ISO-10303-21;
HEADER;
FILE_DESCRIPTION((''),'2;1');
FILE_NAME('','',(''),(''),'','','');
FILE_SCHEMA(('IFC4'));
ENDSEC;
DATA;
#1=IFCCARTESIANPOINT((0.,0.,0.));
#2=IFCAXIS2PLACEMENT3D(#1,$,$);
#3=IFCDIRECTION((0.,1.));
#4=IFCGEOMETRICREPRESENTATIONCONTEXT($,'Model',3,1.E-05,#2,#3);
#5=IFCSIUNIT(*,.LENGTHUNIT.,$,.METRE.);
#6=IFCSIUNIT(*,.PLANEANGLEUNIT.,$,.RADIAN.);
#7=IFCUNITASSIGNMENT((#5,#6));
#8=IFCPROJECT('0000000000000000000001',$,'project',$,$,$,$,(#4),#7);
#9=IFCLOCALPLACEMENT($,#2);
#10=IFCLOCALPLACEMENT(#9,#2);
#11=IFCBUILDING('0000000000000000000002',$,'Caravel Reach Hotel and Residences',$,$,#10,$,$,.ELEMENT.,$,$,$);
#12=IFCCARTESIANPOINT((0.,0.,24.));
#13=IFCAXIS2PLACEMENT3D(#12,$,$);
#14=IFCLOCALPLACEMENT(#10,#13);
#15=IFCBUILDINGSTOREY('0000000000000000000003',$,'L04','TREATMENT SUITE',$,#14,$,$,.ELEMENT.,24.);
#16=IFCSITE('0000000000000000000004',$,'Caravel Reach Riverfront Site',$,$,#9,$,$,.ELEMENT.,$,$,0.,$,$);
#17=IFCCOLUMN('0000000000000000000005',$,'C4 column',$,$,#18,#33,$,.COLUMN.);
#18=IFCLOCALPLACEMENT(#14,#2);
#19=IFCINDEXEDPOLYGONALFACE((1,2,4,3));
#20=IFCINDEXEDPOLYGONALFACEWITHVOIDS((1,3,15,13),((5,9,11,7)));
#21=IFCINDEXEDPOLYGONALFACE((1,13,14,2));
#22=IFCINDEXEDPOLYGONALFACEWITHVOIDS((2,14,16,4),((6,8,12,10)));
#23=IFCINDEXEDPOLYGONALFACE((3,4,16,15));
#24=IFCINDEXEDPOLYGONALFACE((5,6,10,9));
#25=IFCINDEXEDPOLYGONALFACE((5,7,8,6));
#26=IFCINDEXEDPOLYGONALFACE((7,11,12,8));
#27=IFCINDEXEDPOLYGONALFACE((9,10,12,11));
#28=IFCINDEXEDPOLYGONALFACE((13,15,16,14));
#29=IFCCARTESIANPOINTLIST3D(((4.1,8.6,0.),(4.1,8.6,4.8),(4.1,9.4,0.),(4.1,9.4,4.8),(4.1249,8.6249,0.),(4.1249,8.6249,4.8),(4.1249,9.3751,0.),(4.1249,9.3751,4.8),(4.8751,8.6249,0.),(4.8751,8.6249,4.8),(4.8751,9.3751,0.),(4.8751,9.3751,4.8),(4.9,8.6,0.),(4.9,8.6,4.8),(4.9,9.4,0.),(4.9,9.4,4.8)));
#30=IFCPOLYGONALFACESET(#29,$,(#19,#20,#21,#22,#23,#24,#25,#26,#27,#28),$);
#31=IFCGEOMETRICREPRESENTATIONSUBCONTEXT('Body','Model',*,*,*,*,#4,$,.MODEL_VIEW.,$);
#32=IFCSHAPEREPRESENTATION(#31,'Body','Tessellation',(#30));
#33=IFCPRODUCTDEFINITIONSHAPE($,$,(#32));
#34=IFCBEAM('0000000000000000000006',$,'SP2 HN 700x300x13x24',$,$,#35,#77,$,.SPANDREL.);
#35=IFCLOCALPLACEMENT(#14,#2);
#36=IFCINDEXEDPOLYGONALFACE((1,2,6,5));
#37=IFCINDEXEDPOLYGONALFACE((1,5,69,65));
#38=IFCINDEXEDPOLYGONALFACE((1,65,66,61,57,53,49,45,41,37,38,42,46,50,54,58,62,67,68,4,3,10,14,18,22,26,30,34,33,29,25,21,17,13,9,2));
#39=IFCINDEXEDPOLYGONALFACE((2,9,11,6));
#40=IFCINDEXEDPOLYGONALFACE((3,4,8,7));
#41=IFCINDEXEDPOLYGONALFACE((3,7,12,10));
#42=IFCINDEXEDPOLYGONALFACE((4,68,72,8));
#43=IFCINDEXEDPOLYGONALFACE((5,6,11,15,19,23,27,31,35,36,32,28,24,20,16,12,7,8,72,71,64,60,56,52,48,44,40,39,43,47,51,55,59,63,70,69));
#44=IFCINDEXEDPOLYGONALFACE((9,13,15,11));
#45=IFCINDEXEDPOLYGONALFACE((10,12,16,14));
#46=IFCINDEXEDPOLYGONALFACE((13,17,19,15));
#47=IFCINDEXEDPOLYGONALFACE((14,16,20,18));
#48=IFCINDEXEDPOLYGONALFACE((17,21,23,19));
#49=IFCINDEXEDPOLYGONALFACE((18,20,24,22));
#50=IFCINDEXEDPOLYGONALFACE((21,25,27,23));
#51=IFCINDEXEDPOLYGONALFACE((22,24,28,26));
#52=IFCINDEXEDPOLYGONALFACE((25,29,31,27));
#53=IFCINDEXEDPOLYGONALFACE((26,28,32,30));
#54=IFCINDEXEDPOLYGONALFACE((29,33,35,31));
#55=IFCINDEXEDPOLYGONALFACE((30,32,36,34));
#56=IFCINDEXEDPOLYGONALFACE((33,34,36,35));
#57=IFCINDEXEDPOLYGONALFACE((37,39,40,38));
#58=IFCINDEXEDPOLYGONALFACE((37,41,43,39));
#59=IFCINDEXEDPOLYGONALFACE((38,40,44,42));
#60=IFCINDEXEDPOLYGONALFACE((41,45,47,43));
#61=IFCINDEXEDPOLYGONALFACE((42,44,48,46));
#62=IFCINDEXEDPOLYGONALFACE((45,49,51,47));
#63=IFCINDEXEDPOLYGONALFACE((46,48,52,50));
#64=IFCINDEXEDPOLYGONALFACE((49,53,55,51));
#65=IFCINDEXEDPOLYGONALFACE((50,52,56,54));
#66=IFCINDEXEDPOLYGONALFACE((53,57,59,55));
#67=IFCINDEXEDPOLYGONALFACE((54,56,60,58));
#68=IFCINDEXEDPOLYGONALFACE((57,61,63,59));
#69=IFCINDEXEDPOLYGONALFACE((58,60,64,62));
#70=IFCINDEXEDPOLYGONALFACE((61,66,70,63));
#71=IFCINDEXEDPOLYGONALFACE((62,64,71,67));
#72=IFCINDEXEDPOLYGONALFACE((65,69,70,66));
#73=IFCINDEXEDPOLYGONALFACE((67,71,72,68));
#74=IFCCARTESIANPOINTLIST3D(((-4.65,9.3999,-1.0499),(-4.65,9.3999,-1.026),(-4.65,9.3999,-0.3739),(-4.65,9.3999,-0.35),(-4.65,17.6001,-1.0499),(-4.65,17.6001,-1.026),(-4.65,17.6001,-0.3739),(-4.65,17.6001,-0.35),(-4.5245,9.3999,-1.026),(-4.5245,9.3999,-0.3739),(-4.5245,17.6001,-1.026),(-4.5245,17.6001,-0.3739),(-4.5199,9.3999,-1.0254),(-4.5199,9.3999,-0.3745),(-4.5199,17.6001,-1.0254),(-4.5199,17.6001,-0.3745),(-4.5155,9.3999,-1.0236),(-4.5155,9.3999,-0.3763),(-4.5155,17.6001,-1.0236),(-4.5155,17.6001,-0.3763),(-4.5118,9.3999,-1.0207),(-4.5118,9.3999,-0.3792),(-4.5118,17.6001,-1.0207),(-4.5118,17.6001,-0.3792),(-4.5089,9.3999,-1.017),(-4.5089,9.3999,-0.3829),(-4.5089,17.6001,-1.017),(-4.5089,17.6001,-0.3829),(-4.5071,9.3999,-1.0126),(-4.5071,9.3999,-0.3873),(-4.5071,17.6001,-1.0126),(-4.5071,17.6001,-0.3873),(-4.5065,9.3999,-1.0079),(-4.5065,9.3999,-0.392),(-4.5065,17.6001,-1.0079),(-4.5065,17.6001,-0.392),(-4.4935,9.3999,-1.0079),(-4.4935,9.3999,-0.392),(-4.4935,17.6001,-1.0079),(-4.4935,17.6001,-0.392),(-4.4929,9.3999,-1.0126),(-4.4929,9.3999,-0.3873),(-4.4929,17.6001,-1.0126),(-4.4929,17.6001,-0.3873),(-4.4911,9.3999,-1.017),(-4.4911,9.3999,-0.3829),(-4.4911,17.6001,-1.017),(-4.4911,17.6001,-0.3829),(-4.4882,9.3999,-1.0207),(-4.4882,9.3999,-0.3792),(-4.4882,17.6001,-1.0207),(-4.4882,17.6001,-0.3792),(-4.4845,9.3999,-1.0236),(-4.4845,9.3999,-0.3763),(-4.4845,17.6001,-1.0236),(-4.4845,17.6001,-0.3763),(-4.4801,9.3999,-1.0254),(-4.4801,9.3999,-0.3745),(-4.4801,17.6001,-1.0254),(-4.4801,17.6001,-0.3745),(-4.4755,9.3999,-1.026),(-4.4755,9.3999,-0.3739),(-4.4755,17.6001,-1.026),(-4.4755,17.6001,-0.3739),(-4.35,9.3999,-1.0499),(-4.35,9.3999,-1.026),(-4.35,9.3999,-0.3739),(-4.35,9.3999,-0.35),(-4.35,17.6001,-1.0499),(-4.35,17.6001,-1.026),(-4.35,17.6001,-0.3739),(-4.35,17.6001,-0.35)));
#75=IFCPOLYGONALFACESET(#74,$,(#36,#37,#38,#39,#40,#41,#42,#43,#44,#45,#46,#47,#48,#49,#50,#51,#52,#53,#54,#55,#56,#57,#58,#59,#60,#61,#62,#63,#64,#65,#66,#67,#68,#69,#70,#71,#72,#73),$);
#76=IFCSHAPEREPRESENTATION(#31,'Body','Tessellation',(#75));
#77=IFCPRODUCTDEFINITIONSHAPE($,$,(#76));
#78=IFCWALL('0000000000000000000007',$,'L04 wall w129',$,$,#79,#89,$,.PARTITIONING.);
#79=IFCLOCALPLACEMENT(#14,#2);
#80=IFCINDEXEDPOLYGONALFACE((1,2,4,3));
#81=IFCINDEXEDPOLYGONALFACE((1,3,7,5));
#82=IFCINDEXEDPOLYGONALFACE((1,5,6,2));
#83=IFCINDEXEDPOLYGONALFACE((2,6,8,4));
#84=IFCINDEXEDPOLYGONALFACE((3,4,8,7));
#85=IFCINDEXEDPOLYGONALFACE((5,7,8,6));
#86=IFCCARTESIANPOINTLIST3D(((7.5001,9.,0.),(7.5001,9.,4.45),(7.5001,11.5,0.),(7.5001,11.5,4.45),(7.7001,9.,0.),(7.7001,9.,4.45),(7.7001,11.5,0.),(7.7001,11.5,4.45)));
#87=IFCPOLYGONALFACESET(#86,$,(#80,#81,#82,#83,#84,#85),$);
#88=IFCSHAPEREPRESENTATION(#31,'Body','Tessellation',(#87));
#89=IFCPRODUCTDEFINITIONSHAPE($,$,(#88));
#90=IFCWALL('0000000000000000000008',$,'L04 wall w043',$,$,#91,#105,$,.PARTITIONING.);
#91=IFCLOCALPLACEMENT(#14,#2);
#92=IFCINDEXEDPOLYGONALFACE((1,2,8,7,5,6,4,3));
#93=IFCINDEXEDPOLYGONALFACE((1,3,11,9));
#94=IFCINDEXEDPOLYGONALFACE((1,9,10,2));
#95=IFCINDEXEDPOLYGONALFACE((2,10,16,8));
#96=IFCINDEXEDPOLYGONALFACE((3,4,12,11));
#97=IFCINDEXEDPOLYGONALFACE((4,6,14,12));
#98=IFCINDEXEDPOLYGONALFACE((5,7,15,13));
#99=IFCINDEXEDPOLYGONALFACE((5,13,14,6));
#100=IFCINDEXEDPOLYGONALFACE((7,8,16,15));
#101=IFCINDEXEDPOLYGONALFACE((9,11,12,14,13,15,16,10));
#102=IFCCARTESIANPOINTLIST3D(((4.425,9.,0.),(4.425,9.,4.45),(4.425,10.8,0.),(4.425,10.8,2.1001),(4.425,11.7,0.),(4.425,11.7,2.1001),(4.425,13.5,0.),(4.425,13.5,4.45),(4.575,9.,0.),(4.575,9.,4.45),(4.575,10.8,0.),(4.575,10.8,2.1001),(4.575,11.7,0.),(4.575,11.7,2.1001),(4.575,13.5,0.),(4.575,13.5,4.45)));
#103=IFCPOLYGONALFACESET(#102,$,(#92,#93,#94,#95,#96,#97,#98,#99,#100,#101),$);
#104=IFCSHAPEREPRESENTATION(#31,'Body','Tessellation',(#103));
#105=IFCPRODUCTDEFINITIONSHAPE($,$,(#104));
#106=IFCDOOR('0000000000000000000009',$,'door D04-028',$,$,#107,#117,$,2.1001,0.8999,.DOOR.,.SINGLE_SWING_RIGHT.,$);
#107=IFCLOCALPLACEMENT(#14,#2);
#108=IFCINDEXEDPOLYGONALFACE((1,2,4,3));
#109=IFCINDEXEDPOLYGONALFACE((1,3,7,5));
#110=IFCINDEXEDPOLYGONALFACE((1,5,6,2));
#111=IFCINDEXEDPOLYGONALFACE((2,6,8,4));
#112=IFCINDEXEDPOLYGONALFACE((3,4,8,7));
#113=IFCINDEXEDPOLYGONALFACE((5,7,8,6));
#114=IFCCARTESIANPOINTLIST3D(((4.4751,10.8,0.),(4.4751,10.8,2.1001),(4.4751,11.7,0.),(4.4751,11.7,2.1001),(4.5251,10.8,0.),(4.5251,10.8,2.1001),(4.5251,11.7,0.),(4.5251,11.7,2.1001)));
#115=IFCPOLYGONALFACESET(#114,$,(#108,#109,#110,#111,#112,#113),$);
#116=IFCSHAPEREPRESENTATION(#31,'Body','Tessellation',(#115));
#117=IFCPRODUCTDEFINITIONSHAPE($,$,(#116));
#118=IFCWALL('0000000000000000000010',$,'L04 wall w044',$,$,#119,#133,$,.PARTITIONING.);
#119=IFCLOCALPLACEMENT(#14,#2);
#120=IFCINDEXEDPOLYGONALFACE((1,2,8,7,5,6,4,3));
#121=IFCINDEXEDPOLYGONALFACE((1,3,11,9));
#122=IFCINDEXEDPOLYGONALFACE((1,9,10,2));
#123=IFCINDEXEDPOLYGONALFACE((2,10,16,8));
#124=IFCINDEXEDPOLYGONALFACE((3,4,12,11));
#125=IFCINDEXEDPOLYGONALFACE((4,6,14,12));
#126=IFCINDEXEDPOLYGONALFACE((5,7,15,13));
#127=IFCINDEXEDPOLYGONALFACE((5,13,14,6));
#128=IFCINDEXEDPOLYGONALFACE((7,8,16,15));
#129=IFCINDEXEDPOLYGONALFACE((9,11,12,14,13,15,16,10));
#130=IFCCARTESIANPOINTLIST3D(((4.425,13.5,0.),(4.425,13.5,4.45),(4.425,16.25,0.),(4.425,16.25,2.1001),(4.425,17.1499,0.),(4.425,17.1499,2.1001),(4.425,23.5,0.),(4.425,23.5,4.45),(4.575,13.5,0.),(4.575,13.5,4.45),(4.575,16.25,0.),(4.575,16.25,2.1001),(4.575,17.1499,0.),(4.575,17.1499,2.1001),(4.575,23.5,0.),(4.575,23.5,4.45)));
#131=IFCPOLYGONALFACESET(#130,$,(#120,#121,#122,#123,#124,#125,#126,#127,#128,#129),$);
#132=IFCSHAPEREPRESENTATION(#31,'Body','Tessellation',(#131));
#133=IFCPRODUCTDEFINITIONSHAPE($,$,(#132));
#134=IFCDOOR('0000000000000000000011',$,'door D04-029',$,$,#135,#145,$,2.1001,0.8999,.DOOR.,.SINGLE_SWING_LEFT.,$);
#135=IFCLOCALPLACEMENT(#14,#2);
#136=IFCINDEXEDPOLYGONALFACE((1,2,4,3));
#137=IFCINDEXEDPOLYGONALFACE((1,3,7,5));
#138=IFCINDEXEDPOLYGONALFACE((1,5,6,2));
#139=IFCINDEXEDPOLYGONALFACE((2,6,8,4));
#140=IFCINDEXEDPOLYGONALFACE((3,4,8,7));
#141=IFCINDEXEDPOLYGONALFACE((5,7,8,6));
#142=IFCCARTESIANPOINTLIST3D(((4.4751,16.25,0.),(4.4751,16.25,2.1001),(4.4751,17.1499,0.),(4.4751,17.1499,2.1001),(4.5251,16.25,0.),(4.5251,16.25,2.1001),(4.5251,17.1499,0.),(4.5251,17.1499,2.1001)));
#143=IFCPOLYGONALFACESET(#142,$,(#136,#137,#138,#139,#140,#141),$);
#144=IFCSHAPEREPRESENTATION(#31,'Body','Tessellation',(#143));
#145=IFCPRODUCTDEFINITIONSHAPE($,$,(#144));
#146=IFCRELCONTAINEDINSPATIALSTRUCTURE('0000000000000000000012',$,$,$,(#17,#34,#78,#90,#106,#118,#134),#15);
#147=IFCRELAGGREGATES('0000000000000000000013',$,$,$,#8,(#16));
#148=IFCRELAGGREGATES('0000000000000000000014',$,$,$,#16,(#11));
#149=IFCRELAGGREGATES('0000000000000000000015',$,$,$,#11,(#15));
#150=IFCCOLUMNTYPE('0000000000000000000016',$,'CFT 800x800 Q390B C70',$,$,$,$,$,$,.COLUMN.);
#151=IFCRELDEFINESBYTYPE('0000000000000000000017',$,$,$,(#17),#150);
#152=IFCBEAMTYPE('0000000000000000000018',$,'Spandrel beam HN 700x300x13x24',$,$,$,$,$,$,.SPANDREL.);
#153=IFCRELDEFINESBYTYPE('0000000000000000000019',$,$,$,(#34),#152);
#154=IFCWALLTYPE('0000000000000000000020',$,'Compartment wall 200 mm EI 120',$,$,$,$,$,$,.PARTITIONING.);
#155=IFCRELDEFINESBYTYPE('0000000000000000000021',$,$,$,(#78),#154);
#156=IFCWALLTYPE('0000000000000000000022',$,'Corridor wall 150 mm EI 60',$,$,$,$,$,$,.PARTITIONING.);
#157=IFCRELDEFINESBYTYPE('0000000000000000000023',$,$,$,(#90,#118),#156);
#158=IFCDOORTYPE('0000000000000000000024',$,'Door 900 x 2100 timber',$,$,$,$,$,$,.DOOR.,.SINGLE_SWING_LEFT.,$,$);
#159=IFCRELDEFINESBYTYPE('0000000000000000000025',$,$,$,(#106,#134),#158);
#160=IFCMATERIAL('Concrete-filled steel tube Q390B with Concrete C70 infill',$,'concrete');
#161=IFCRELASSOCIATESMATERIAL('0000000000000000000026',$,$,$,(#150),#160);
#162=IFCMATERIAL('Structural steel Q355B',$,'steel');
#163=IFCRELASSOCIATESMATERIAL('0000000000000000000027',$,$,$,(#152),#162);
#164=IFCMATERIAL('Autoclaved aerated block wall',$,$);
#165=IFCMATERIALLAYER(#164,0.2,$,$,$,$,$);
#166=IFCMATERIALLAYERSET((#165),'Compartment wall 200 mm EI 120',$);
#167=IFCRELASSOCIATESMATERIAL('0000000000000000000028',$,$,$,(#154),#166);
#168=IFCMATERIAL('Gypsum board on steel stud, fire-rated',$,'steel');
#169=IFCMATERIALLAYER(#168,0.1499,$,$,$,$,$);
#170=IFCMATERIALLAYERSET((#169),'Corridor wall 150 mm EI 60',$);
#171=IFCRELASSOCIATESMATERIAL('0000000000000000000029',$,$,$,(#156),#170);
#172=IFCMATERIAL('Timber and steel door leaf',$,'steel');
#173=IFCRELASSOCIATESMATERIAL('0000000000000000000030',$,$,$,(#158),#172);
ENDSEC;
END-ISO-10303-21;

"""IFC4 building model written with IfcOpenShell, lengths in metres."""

from ifc_helpers import new_model, si_unit, direction, frame, frame_2d, origin, origin_2d, place, context, subcontext, project, spatial, rectangle, hollow_rectangle, i_section, extrude, material, layer, layer_set, material_profile, profile_set, type_object, element, fill, save


model = new_model("IFC4")

# Units and contexts
model_context = context("Model", 3, precision=1e-05, world=origin(), true_north=direction((0.0, 1.0)))
body_context = subcontext(model_context, "Body", "Model", "MODEL_VIEW")
ifc_project = project(units=[si_unit("LENGTHUNIT", "METRE"), si_unit("PLANEANGLEUNIT", "RADIAN")], contexts=[model_context])

# Site, building, storey
site_placement = place(None, origin())
site = spatial("IfcSite", under=ifc_project, at=site_placement, Name="Caravel Reach Riverfront Site", CompositionType="ELEMENT", RefElevation=0.0)
building_placement = place(site_placement, origin())
building = spatial("IfcBuilding", under=site, at=building_placement, Name="Caravel Reach Hotel and Residences", CompositionType="ELEMENT")
storey_placement = place(building_placement, frame((0.0, 0.0, 24.0)))
storey = spatial("IfcBuildingStorey", under=building, at=storey_placement, Name="L04", Description="TREATMENT SUITE", CompositionType="ELEMENT", Elevation=24.0)

# Column
ifc_material_1 = material(Name="Concrete-filled steel tube Q390B with Concrete C70 infill", Category="concrete")
ifc_material_profile_1 = material_profile(ifc_material_1, hollow_rectangle(XDim=0.8, YDim=0.8, WallThickness=0.0249, at=origin_2d()), Name="RHS 800x800x25")
ifc_profile_set_1 = profile_set([ifc_material_profile_1], Name="Concrete-filled steel tube Q390B with Concrete C70 infill")
column_type = type_object("IfcColumnType", Name="CFT 800x800 Q390B C70", PredefinedType="COLUMN", material=ifc_profile_set_1)
column_placement = place(storey_placement, frame((4.5, 9.0, 0.0), z_axis=(0.0, 0.0, 1.0), x_axis=(1.0, 0.0, 0.0)))
element("IfcColumn", 1, at=column_placement, inside=storey, type_object=column_type, Name="C4 column", PredefinedType="COLUMN", context=body_context, shape_type="SweptSolid", body=[
    extrude(hollow_rectangle(XDim=0.8, YDim=0.8, WallThickness=0.0249, at=origin_2d()), origin(), (0.0, 0.0, 1.0), 4.8),
])

# Beam
ifc_material_2 = material(Name="Structural steel Q355B", Category="steel")
ifc_material_profile_2 = material_profile(ifc_material_2, i_section(OverallWidth=0.3, OverallDepth=0.7, WebThickness=0.0129, FlangeThickness=0.0239, FilletRadius=0.0181, at=origin_2d()), Name="HN 700x300x13x24")
ifc_profile_set_2 = profile_set([ifc_material_profile_2], Name="Structural steel Q355B")
beam_type = type_object("IfcBeamType", Name="Spandrel beam HN 700x300x13x24", PredefinedType="SPANDREL", material=ifc_profile_set_2)
beam_placement = place(storey_placement, frame((-4.5, 17.6001, -0.7), z_axis=(0.0, -1.0, 0.0), x_axis=(1.0, 0.0, 0.0)))
element("IfcBeam", 2, at=beam_placement, inside=storey, type_object=beam_type, Name="SP2 HN 700x300x13x24", PredefinedType="SPANDREL", context=body_context, shape_type="SweptSolid", body=[
    extrude(i_section(OverallWidth=0.3, OverallDepth=0.7, WebThickness=0.0129, FlangeThickness=0.0239, FilletRadius=0.0181, at=origin_2d()), origin(), (0.0, 0.0, 1.0), 8.2002),
])

# Wall
ifc_material_3 = material(Name="Autoclaved aerated block wall")
ifc_layer_1 = layer(ifc_material_3, 0.2)
ifc_layer_set_1 = layer_set([ifc_layer_1], Name="Compartment wall 200 mm EI 120")
wall_type_1 = type_object("IfcWallType", Name="Compartment wall 200 mm EI 120", PredefinedType="PARTITIONING", material=ifc_layer_set_1)
wall_1_placement = place(storey_placement, frame((7.6001, 9.0, 0.0), z_axis=(0.0, 0.0, 1.0), x_axis=(0.0, 1.0, 0.0)))
element("IfcWall", 3, at=wall_1_placement, inside=storey, type_object=wall_type_1, Name="L04 wall w129", PredefinedType="PARTITIONING", context=body_context, shape_type="SweptSolid", body=[
    extrude(rectangle(XDim=2.5, YDim=0.2, at=frame_2d((1.25, 0.0))), origin(), (0.0, 0.0, 1.0), 4.45),
])

# Walls, openings, doors
ifc_material_4 = material(Name="Gypsum board on steel stud, fire-rated", Category="steel")
ifc_layer_2 = layer(ifc_material_4, 0.1499)
ifc_layer_set_2 = layer_set([ifc_layer_2], Name="Corridor wall 150 mm EI 60")
wall_type_2 = type_object("IfcWallType", Name="Corridor wall 150 mm EI 60", PredefinedType="PARTITIONING", material=ifc_layer_set_2)
wall_2_placement = place(storey_placement, frame((4.5, 9.0, 0.0), z_axis=(0.0, 0.0, 1.0), x_axis=(0.0, 1.0, 0.0)))
wall_2 = element("IfcWall", 4, at=wall_2_placement, inside=storey, type_object=wall_type_2, Name="L04 wall w043", PredefinedType="PARTITIONING", context=body_context, shape_type="SweptSolid", body=[
    extrude(rectangle(XDim=4.5, YDim=0.1499, at=frame_2d((2.25, 0.0))), origin(), (0.0, 0.0, 1.0), 4.45),
])
opening_1_placement = place(wall_2_placement, frame((1.8, 0.0, 0.0)))
opening_1 = element("IfcOpeningElement", 5, at=opening_1_placement, cuts=wall_2, PredefinedType="OPENING", context=body_context, shape_type="SweptSolid", body=[
    extrude(rectangle(XDim=0.8999, YDim=2.1001, at=frame_2d((0.45, 1.05))), frame((0.0, 0.085, 0.0), z_axis=(0.0, -1.0, 0.0), x_axis=(1.0, 0.0, 0.0)), (0.0, 0.0, 1.0), 0.1699),
])
ifc_material_5 = material(Name="Timber and steel door leaf", Category="steel")
door_type_1 = type_object("IfcDoorType", Name="Door 900 x 2100 timber", OperationType="SINGLE_SWING_LEFT", PredefinedType="DOOR", material=ifc_material_5)
door_1_placement = place(opening_1_placement, origin())
door_1 = element("IfcDoor", 6, at=door_1_placement, inside=storey, type_object=door_type_1, Name="door D04-028", OperationType="SINGLE_SWING_RIGHT", OverallHeight=2.1001, OverallWidth=0.8999, PredefinedType="DOOR", context=body_context, shape_type="SweptSolid", body=[
    extrude(rectangle(XDim=0.8999, YDim=2.1001, at=frame_2d((0.45, 1.05))), frame((0.0, 0.0249, 0.0), z_axis=(0.0, -1.0, 0.0), x_axis=(1.0, 0.0, 0.0)), (0.0, 0.0, 1.0), 0.05),
])
fill(opening_1, door_1)
wall_3_placement = place(storey_placement, frame((4.5, 13.5, 0.0), z_axis=(0.0, 0.0, 1.0), x_axis=(0.0, 1.0, 0.0)))
wall_3 = element("IfcWall", 7, at=wall_3_placement, inside=storey, type_object=wall_type_2, Name="L04 wall w044", PredefinedType="PARTITIONING", context=body_context, shape_type="SweptSolid", body=[
    extrude(rectangle(XDim=10.0, YDim=0.1499, at=frame_2d((5.0, 0.0))), origin(), (0.0, 0.0, 1.0), 4.45),
])
opening_2_placement = place(wall_3_placement, frame((2.75, 0.0, 0.0)))
opening_2 = element("IfcOpeningElement", 8, at=opening_2_placement, cuts=wall_3, PredefinedType="OPENING", context=body_context, shape_type="SweptSolid", body=[
    extrude(rectangle(XDim=0.8999, YDim=2.1001, at=frame_2d((0.45, 1.05))), frame((0.0, 0.085, 0.0), z_axis=(0.0, -1.0, 0.0), x_axis=(1.0, 0.0, 0.0)), (0.0, 0.0, 1.0), 0.1699),
])
door_2_placement = place(opening_2_placement, origin())
door_2 = element("IfcDoor", 9, at=door_2_placement, inside=storey, type_object=door_type_1, Name="door D04-029", OperationType="SINGLE_SWING_LEFT", OverallHeight=2.1001, OverallWidth=0.8999, PredefinedType="DOOR", context=body_context, shape_type="SweptSolid", body=[
    extrude(rectangle(XDim=0.8999, YDim=2.1001, at=frame_2d((0.45, 1.05))), frame((0.0, 0.0249, 0.0), z_axis=(0.0, -1.0, 0.0), x_axis=(1.0, 0.0, 0.0)), (0.0, 0.0, 1.0), 0.05),
])
fill(opening_2, door_2)

save(model, "model.ifc")
